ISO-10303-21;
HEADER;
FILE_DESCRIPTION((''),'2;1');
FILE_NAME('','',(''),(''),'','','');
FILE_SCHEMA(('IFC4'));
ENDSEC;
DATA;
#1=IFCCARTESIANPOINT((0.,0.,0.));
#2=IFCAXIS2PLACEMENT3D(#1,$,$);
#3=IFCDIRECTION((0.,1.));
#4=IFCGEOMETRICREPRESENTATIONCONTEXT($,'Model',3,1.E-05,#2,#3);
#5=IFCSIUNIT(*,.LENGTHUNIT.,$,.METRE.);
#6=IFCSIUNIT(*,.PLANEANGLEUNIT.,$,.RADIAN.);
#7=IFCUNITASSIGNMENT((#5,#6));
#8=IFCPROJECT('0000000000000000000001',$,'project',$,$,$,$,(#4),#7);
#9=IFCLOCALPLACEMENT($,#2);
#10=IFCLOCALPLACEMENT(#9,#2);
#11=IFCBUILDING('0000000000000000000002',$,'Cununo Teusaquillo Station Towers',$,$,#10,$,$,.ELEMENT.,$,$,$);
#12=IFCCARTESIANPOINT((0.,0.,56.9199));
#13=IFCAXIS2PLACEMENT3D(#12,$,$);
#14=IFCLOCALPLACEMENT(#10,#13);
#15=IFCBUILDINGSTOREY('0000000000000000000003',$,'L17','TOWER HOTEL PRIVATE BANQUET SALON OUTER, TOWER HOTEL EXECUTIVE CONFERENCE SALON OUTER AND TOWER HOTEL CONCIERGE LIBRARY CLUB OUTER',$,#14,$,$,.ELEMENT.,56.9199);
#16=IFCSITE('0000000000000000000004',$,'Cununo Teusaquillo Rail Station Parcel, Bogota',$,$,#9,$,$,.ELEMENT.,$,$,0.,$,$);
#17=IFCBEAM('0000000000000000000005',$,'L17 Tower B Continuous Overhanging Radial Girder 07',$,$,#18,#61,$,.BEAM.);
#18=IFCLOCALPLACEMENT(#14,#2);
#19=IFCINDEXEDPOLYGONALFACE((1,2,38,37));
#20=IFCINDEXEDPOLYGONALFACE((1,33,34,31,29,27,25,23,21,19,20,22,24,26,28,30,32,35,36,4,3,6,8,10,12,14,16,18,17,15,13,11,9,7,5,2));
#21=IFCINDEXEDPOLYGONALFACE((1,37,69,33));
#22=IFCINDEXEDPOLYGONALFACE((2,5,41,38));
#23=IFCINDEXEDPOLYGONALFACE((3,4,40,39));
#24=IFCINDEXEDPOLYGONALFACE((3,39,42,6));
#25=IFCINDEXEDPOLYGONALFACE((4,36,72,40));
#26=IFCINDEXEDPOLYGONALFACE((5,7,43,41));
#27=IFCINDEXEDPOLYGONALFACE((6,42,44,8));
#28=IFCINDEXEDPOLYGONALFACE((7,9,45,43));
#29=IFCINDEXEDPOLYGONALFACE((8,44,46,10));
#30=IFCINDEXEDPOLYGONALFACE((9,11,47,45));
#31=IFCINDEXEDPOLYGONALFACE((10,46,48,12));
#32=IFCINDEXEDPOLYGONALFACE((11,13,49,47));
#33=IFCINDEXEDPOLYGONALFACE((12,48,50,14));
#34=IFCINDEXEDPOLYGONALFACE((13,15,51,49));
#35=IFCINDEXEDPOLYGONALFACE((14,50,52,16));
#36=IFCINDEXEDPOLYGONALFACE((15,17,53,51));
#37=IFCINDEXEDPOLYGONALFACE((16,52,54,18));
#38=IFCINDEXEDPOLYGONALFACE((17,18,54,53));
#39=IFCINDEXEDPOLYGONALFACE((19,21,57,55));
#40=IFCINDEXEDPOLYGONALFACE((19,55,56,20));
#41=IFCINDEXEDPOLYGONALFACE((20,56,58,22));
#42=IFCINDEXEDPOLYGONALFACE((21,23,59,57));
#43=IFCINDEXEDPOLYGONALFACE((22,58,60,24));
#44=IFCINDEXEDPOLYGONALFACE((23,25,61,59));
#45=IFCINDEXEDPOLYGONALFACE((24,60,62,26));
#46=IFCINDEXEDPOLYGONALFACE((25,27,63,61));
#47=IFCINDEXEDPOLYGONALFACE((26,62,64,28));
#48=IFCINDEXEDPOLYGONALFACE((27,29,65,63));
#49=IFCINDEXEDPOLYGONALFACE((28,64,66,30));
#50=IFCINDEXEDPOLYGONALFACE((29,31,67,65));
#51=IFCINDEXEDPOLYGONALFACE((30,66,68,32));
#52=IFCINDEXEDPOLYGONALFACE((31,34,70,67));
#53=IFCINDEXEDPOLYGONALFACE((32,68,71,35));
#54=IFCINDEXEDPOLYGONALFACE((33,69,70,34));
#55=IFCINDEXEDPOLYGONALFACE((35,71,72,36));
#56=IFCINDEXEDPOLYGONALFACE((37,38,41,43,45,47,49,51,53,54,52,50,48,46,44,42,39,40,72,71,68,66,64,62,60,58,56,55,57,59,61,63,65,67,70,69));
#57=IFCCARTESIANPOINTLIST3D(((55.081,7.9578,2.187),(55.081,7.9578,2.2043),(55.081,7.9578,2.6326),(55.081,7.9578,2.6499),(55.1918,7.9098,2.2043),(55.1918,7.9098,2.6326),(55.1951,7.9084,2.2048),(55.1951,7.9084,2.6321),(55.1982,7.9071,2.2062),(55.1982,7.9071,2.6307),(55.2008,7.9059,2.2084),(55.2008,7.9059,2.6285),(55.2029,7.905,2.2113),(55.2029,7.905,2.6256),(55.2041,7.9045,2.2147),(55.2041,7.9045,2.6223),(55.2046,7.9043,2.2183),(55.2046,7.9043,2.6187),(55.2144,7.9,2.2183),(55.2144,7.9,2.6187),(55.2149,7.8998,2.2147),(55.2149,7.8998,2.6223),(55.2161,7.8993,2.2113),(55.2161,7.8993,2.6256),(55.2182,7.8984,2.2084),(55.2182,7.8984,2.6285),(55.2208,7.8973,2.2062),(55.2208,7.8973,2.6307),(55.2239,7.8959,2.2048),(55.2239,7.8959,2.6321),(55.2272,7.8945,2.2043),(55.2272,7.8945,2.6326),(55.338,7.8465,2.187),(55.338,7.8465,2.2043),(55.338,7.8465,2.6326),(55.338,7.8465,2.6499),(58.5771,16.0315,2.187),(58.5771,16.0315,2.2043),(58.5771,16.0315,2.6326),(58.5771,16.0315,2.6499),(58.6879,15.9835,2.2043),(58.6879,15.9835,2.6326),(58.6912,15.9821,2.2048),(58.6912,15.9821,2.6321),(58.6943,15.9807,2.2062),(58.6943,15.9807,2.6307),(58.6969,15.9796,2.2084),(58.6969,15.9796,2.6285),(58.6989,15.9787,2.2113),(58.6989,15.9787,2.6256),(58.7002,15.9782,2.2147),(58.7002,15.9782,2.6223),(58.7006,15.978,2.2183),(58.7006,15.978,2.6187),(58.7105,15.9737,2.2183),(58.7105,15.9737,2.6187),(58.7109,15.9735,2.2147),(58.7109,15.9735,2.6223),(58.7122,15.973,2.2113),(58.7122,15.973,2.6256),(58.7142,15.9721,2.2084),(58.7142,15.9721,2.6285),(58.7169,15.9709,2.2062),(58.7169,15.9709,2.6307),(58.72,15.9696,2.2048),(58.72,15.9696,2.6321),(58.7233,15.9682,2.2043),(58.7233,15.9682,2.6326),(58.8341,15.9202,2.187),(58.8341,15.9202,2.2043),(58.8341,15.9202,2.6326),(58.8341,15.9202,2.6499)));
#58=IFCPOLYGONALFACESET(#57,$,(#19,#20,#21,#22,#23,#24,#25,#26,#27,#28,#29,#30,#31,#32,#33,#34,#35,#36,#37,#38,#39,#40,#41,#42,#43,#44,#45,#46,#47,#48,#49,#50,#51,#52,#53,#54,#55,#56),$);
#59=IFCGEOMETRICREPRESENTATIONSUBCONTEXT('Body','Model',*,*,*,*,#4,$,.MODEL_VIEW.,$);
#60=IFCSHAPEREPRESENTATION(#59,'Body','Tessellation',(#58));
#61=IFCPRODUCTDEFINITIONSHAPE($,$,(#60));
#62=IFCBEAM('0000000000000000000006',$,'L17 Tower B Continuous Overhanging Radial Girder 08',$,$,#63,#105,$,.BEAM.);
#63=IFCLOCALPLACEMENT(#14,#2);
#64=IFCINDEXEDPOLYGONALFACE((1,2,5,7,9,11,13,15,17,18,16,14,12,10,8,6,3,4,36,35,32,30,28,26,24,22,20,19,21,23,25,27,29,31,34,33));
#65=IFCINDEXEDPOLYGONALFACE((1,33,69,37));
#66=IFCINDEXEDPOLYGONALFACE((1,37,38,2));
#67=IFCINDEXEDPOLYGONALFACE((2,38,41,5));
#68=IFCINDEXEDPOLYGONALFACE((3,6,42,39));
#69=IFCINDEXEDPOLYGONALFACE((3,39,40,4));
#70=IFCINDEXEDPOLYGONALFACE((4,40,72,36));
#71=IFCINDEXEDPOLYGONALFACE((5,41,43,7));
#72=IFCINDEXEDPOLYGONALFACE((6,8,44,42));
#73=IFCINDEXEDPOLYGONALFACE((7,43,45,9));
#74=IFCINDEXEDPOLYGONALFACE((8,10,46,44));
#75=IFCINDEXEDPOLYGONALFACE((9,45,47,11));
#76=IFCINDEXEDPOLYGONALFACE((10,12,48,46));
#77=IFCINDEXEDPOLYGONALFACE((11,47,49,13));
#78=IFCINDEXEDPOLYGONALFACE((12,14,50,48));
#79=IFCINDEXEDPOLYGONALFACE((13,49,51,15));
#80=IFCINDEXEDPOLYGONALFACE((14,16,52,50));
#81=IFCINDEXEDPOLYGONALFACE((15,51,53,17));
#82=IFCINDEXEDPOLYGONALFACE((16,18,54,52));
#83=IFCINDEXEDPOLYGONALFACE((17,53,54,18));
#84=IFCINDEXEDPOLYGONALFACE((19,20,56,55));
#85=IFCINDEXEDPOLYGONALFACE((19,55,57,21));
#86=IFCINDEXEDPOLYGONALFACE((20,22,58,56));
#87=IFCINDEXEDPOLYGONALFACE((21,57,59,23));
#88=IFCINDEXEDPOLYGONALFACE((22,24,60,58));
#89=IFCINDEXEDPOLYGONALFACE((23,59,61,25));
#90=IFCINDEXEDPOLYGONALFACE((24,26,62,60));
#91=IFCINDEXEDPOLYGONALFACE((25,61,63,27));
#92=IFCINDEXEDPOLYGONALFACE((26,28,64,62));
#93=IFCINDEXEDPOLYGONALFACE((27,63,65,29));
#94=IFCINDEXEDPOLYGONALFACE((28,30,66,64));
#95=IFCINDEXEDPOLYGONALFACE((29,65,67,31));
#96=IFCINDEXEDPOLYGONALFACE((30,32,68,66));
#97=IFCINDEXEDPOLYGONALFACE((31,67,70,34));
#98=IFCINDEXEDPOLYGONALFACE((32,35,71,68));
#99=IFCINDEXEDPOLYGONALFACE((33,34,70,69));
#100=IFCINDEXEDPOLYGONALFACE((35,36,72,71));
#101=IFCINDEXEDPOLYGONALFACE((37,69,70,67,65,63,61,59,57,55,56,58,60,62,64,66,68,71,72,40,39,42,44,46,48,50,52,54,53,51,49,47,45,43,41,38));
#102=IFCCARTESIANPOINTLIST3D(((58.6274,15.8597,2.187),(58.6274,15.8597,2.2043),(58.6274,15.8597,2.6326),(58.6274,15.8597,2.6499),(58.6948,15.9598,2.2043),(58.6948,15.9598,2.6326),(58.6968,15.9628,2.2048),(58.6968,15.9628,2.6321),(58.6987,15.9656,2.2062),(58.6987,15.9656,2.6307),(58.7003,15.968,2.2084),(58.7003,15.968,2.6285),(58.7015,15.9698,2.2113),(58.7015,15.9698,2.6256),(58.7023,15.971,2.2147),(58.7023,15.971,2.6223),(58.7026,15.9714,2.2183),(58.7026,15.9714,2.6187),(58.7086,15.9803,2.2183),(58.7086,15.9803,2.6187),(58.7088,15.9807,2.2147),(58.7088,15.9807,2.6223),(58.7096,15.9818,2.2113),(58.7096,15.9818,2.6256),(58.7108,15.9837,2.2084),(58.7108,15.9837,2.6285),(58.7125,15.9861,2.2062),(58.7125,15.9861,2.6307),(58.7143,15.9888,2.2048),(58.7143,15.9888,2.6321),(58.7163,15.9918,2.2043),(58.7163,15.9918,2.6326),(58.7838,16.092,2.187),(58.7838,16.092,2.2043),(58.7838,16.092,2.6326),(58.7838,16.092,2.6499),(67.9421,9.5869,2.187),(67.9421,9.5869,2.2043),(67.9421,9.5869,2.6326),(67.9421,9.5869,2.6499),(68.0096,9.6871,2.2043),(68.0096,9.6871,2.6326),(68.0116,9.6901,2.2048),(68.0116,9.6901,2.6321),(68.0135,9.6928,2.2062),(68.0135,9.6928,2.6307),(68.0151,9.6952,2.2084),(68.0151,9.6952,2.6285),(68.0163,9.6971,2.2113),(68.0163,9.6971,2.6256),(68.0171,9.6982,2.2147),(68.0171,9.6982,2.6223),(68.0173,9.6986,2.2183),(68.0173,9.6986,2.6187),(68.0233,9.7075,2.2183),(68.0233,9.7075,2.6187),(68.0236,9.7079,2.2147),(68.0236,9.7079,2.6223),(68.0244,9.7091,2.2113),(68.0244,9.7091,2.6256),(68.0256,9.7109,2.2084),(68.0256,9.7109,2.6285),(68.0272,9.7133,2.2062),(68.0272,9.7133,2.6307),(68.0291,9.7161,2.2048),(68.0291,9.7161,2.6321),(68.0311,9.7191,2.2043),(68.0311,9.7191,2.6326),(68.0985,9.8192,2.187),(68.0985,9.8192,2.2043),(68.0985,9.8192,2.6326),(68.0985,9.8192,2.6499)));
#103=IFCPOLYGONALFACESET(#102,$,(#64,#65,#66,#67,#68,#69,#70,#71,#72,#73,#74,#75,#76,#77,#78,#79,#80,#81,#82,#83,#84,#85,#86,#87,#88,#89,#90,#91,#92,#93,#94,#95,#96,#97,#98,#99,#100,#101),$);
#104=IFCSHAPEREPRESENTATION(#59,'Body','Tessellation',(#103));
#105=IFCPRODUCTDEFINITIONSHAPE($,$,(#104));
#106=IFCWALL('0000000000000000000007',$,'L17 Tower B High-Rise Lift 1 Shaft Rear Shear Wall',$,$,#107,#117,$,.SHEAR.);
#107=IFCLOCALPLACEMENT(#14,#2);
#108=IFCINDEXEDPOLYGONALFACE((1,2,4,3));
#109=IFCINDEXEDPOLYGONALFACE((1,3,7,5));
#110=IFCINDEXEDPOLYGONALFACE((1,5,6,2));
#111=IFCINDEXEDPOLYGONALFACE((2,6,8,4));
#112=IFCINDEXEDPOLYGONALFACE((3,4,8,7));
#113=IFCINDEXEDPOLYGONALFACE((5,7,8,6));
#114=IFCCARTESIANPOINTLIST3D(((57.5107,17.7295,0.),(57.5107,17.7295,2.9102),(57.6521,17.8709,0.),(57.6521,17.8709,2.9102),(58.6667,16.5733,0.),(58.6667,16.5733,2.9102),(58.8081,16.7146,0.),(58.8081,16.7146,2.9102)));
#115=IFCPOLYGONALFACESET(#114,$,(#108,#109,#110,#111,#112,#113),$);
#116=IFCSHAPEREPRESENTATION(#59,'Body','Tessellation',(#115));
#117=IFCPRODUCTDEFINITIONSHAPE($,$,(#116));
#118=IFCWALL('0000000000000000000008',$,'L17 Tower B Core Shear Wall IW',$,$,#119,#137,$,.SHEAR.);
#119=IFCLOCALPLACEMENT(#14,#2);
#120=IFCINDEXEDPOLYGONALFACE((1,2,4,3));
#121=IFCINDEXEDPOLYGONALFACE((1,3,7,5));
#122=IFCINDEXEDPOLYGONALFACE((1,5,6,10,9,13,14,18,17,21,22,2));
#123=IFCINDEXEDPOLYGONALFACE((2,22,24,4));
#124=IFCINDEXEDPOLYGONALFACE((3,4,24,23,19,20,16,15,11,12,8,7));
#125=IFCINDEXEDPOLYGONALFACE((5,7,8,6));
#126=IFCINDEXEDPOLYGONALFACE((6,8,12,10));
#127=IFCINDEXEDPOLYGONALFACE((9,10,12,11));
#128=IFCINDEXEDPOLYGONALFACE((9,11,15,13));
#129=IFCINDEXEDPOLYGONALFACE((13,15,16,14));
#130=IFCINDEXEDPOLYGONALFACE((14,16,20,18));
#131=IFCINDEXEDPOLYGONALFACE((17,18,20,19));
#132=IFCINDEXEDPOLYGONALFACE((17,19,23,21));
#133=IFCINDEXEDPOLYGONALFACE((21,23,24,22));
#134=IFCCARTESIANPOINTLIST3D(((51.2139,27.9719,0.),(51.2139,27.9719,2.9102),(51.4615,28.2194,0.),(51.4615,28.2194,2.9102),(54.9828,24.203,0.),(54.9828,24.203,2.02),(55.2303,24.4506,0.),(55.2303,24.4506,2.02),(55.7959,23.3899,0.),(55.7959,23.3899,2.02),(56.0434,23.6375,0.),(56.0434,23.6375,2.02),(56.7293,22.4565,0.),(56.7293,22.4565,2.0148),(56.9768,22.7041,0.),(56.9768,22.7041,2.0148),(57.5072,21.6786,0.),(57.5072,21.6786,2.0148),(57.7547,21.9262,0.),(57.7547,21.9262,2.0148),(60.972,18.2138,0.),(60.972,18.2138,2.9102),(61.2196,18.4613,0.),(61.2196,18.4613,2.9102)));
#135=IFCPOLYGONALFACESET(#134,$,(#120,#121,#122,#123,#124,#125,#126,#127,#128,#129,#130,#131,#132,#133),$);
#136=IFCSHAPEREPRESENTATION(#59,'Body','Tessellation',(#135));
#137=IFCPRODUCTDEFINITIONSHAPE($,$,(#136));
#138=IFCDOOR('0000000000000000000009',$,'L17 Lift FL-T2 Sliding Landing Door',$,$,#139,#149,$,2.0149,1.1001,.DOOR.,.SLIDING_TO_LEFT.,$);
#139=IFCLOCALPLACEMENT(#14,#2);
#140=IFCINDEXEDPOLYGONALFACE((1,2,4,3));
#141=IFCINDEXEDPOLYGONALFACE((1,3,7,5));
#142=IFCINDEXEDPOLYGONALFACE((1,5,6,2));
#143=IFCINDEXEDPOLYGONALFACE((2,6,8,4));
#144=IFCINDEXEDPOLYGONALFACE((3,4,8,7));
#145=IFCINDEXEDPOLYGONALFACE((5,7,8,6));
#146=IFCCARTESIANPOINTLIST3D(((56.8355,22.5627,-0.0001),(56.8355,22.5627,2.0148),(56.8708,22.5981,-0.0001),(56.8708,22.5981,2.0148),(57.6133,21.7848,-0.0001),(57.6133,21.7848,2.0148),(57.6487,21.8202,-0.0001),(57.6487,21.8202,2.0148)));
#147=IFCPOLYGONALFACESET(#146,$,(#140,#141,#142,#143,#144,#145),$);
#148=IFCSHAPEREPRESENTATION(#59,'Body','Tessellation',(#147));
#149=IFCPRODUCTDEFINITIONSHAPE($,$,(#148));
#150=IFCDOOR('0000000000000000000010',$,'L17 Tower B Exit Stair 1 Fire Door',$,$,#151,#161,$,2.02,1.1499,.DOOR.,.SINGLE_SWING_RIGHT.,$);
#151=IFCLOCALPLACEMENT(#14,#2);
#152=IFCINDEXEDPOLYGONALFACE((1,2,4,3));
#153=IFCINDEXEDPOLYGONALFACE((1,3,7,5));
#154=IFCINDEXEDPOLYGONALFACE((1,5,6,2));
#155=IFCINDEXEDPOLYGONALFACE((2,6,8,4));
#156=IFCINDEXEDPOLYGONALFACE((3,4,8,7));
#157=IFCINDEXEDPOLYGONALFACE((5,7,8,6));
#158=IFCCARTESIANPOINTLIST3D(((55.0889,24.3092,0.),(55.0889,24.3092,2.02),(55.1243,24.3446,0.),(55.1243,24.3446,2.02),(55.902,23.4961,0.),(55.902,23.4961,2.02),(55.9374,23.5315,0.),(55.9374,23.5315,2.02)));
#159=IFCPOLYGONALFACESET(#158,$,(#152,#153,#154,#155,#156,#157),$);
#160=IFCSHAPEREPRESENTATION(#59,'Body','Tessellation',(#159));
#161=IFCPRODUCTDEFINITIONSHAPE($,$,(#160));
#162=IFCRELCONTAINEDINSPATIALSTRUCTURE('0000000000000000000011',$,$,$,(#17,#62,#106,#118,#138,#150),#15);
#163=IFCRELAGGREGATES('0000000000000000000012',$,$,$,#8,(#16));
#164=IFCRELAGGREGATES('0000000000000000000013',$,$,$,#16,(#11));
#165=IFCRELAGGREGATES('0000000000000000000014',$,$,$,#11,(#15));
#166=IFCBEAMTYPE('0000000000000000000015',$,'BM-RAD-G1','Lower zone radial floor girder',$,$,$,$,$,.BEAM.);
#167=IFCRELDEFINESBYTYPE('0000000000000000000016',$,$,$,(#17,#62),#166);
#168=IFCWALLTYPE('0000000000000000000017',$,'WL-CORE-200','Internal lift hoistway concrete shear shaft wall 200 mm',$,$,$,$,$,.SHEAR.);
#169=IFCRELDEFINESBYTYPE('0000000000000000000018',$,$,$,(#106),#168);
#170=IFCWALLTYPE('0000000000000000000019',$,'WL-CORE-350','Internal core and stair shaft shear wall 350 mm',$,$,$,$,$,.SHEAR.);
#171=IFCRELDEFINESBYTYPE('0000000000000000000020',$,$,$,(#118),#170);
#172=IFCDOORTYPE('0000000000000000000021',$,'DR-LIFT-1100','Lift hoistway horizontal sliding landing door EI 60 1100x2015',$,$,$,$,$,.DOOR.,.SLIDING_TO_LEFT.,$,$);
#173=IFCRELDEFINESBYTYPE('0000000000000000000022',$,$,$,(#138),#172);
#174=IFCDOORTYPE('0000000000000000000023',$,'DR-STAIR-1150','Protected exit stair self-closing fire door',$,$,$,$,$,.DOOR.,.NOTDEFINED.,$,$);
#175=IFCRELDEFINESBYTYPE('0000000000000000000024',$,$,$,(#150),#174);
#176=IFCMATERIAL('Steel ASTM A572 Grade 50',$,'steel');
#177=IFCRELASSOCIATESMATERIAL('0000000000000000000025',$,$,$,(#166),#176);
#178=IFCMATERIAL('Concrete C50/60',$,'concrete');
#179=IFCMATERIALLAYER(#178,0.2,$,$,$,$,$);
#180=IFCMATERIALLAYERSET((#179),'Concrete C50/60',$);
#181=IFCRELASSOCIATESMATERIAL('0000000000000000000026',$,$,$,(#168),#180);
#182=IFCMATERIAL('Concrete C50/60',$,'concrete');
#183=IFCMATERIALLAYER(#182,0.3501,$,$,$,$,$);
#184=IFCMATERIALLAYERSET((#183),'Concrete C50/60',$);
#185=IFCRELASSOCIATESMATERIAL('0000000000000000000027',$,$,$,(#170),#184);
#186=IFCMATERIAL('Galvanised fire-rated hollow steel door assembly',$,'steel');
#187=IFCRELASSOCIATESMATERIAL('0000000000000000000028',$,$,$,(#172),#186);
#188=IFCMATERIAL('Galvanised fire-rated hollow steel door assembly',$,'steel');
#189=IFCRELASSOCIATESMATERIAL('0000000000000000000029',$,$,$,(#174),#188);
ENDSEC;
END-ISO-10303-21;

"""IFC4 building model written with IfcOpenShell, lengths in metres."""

from ifc_helpers import new_model, si_unit, direction, frame, frame_2d, origin, origin_2d, place, context, subcontext, project, spatial, rectangle, i_section, extrude, source, transform, mapped, material, layer, layer_set, material_profile, profile_set, type_object, element, fill, save


model = new_model("IFC4")

# Units and contexts
model_context = context("Model", 3, precision=1e-05, world=origin(), true_north=direction((0.0, 1.0)))
body_context = subcontext(model_context, "Body", "Model", "MODEL_VIEW")
ifc_project = project(units=[si_unit("LENGTHUNIT", "METRE"), si_unit("PLANEANGLEUNIT", "RADIAN")], contexts=[model_context])

# Site, building, storey
site_placement = place(None, origin())
site = spatial("IfcSite", under=ifc_project, at=site_placement, Name="Cununo Teusaquillo Rail Station Parcel, Bogota", CompositionType="ELEMENT", RefElevation=0.0)
building_placement = place(site_placement, origin())
building = spatial("IfcBuilding", under=site, at=building_placement, Name="Cununo Teusaquillo Station Towers", CompositionType="ELEMENT")
storey_placement = place(building_placement, frame((0.0, 0.0, 56.9199)))
storey = spatial("IfcBuildingStorey", under=building, at=storey_placement, Name="L17", Description="TOWER HOTEL PRIVATE BANQUET SALON OUTER, TOWER HOTEL EXECUTIVE CONFERENCE SALON OUTER AND TOWER HOTEL CONCIERGE LIBRARY CLUB OUTER", CompositionType="ELEMENT", Elevation=56.9199)

# Beams
ifc_material_1 = material(Name="Steel ASTM A572 Grade 50", Category="steel")
ifc_material_profile_1 = material_profile(ifc_material_1, i_section(OverallWidth=0.28, OverallDepth=0.4629, WebThickness=0.0107, FlangeThickness=0.0173, FilletRadius=0.0139, at=origin_2d()), Name="W18X76")
ifc_profile_set_1 = profile_set([ifc_material_profile_1], Name="Steel ASTM A572 Grade 50")
beam_type_1 = type_object("IfcBeamType", Name="BM-RAD-G1", Description="Lower zone radial floor girder", PredefinedType="BEAM", material=ifc_profile_set_1)
beam_1_placement = place(storey_placement, frame((58.7056, 15.9758, 2.4185), z_axis=(-0.397366, -0.91766, 0.0), x_axis=(0.91766, -0.397366, 0.0)))
element("IfcBeam", 1, at=beam_1_placement, inside=storey, type_object=beam_type_1, Name="L17 Tower B Continuous Overhanging Radial Girder 07", PredefinedType="BEAM", context=body_context, shape_type="SweptSolid", body=[
    extrude(i_section(OverallWidth=0.28, OverallDepth=0.4629, WebThickness=0.0107, FlangeThickness=0.0173, FilletRadius=0.0139, at=origin_2d()), origin(), (0.0, 0.0, 1.0), 8.7981),
])
beam_2_placement = place(storey_placement, frame((58.7056, 15.9758, 2.4185), z_axis=(0.829456, -0.558572, 0.0), x_axis=(0.558572, 0.829456, 0.0)))
element("IfcBeam", 2, at=beam_2_placement, inside=storey, type_object=beam_type_1, Name="L17 Tower B Continuous Overhanging Radial Girder 08", PredefinedType="BEAM", context=body_context, shape_type="SweptSolid", body=[
    extrude(i_section(OverallWidth=0.28, OverallDepth=0.4629, WebThickness=0.0107, FlangeThickness=0.0173, FilletRadius=0.0139, at=origin_2d()), origin(), (0.0, 0.0, 1.0), 11.23),
])

# Wall
ifc_material_2 = material(Name="Concrete C50/60", Category="concrete")
ifc_layer_1 = layer(ifc_material_2, 0.2)
ifc_layer_set_1 = layer_set([ifc_layer_1], Name="Concrete C50/60")
wall_type_1 = type_object("IfcWallType", Name="WL-CORE-200", Description="Internal lift hoistway concrete shear shaft wall 200 mm", PredefinedType="SHEAR", material=ifc_layer_set_1)
wall_1_placement = place(storey_placement, frame((58.7373, 16.644, 0.0), z_axis=(0.0, 0.0, 1.0), x_axis=(-0.707032, 0.707181, 0.0)))
element("IfcWall", 3, at=wall_1_placement, inside=storey, type_object=wall_type_1, Name="L17 Tower B High-Rise Lift 1 Shaft Rear Shear Wall", PredefinedType="SHEAR", context=body_context, shape_type="SweptSolid", body=[
    extrude(rectangle(XDim=1.635, YDim=0.2, at=frame_2d((0.8174, 0.0))), origin(), (0.0, 0.0, 1.0), 2.9102),
])

# Wall, openings, doors
ifc_material_3 = material(Name="Concrete C50/60", Category="concrete")
ifc_layer_2 = layer(ifc_material_3, 0.3501)
ifc_layer_set_2 = layer_set([ifc_layer_2], Name="Concrete C50/60")
wall_type_2 = type_object("IfcWallType", Name="WL-CORE-350", Description="Internal core and stair shaft shear wall 350 mm", PredefinedType="SHEAR", material=ifc_layer_set_2)
wall_2_placement = place(storey_placement, frame((61.0957, 18.3376, 0.0), z_axis=(0.0, 0.0, 1.0), x_axis=(-0.707107, 0.707107, 0.0)))
wall_2 = element("IfcWall", 4, at=wall_2_placement, inside=storey, type_object=wall_type_2, Name="L17 Tower B Core Shear Wall IW", PredefinedType="SHEAR", context=body_context, shape_type="SweptSolid", body=[
    extrude(rectangle(XDim=13.8, YDim=0.3501, at=frame_2d((6.8999, 0.0))), origin(), (0.0, 0.0, 1.0), 2.9102),
])
shared_shape_1 = source(origin(), body_context, "Body", "SweptSolid", [
    extrude(rectangle(XDim=1.1001, YDim=2.0149, at=frame_2d((0.55, 1.0073))), frame((0.0, 0.1851, 0.0), z_axis=(0.0, -1.0, 0.0), x_axis=(1.0, 0.0, 0.0)), (0.0, 0.0, 1.0), 0.3701),
])
opening_1_placement = place(wall_2_placement, frame((4.8999, 0.0, 0.0)))
opening_1 = element("IfcOpeningElement", 5, at=opening_1_placement, cuts=wall_2, PredefinedType="OPENING", context=body_context, shape_type="MappedRepresentation", body=[
    mapped(shared_shape_1, transform((0.0, 0.0, 0.0), x_axis=(1.0, 0.0, 0.0), y_axis=(0.0, 1.0, 0.0), z_axis=(0.0, 0.0, 1.0), scale=1.0)),
])
shared_shape_2 = source(origin(), body_context, "Body", "SweptSolid", [
    extrude(rectangle(XDim=1.1499, YDim=2.02, at=frame_2d((0.575, 1.01))), frame((0.0, 0.1851, 0.0), z_axis=(0.0, -1.0, 0.0), x_axis=(1.0, 0.0, 0.0)), (0.0, 0.0, 1.0), 0.3701),
])
opening_2_placement = place(wall_2_placement, frame((7.3201, 0.0, 0.0)))
opening_2 = element("IfcOpeningElement", 6, at=opening_2_placement, cuts=wall_2, PredefinedType="OPENING", context=body_context, shape_type="MappedRepresentation", body=[
    mapped(shared_shape_2, transform((0.0, 0.0, 0.0), x_axis=(1.0, 0.0, 0.0), y_axis=(0.0, 1.0, 0.0), z_axis=(0.0, 0.0, 1.0), scale=1.0)),
])
ifc_material_4 = material(Name="Galvanised fire-rated hollow steel door assembly", Category="steel")
door_type_1 = type_object("IfcDoorType", Name="DR-LIFT-1100", Description="Lift hoistway horizontal sliding landing door EI 60 1100x2015", OperationType="SLIDING_TO_LEFT", PredefinedType="DOOR", material=ifc_material_4)
shared_shape_3 = source(origin(), body_context, "Body", "SweptSolid", [
    extrude(rectangle(XDim=1.1001, YDim=2.0149, at=frame_2d((0.55, 1.0073))), frame((0.0, 0.0249, 0.0), z_axis=(0.0, -1.0, 0.0), x_axis=(1.0, 0.0, 0.0)), (0.0, 0.0, 1.0), 0.05),
])
door_1_placement = place(opening_1_placement, origin())
door_1 = element("IfcDoor", 7, at=door_1_placement, inside=storey, type_object=door_type_1, Name="L17 Lift FL-T2 Sliding Landing Door", OperationType="SLIDING_TO_LEFT", OverallHeight=2.0149, OverallWidth=1.1001, PredefinedType="DOOR", context=body_context, shape_type="MappedRepresentation", body=[
    mapped(shared_shape_3, transform((0.0, 0.0, 0.0), x_axis=(1.0, 0.0, 0.0), y_axis=(0.0, 1.0, 0.0), z_axis=(0.0, 0.0, 1.0), scale=1.0)),
])
fill(opening_1, door_1)
ifc_material_5 = material(Name="Galvanised fire-rated hollow steel door assembly", Category="steel")
door_type_2 = type_object("IfcDoorType", Name="DR-STAIR-1150", Description="Protected exit stair self-closing fire door", OperationType="NOTDEFINED", PredefinedType="DOOR", material=ifc_material_5)
shared_shape_4 = source(origin(), body_context, "Body", "SweptSolid", [
    extrude(rectangle(XDim=1.1499, YDim=2.02, at=frame_2d((0.575, 1.01))), frame((0.0, 0.0249, 0.0), z_axis=(0.0, -1.0, 0.0), x_axis=(1.0, 0.0, 0.0)), (0.0, 0.0, 1.0), 0.05),
])
door_2_placement = place(opening_2_placement, origin())
door_2 = element("IfcDoor", 8, at=door_2_placement, inside=storey, type_object=door_type_2, Name="L17 Tower B Exit Stair 1 Fire Door", OperationType="SINGLE_SWING_RIGHT", OverallHeight=2.02, OverallWidth=1.1499, PredefinedType="DOOR", context=body_context, shape_type="MappedRepresentation", body=[
    mapped(shared_shape_4, transform((0.0, 0.0, 0.0), x_axis=(1.0, 0.0, 0.0), y_axis=(0.0, 1.0, 0.0), z_axis=(0.0, 0.0, 1.0), scale=1.0)),
])
fill(opening_2, door_2)

save(model, "model.ifc")
